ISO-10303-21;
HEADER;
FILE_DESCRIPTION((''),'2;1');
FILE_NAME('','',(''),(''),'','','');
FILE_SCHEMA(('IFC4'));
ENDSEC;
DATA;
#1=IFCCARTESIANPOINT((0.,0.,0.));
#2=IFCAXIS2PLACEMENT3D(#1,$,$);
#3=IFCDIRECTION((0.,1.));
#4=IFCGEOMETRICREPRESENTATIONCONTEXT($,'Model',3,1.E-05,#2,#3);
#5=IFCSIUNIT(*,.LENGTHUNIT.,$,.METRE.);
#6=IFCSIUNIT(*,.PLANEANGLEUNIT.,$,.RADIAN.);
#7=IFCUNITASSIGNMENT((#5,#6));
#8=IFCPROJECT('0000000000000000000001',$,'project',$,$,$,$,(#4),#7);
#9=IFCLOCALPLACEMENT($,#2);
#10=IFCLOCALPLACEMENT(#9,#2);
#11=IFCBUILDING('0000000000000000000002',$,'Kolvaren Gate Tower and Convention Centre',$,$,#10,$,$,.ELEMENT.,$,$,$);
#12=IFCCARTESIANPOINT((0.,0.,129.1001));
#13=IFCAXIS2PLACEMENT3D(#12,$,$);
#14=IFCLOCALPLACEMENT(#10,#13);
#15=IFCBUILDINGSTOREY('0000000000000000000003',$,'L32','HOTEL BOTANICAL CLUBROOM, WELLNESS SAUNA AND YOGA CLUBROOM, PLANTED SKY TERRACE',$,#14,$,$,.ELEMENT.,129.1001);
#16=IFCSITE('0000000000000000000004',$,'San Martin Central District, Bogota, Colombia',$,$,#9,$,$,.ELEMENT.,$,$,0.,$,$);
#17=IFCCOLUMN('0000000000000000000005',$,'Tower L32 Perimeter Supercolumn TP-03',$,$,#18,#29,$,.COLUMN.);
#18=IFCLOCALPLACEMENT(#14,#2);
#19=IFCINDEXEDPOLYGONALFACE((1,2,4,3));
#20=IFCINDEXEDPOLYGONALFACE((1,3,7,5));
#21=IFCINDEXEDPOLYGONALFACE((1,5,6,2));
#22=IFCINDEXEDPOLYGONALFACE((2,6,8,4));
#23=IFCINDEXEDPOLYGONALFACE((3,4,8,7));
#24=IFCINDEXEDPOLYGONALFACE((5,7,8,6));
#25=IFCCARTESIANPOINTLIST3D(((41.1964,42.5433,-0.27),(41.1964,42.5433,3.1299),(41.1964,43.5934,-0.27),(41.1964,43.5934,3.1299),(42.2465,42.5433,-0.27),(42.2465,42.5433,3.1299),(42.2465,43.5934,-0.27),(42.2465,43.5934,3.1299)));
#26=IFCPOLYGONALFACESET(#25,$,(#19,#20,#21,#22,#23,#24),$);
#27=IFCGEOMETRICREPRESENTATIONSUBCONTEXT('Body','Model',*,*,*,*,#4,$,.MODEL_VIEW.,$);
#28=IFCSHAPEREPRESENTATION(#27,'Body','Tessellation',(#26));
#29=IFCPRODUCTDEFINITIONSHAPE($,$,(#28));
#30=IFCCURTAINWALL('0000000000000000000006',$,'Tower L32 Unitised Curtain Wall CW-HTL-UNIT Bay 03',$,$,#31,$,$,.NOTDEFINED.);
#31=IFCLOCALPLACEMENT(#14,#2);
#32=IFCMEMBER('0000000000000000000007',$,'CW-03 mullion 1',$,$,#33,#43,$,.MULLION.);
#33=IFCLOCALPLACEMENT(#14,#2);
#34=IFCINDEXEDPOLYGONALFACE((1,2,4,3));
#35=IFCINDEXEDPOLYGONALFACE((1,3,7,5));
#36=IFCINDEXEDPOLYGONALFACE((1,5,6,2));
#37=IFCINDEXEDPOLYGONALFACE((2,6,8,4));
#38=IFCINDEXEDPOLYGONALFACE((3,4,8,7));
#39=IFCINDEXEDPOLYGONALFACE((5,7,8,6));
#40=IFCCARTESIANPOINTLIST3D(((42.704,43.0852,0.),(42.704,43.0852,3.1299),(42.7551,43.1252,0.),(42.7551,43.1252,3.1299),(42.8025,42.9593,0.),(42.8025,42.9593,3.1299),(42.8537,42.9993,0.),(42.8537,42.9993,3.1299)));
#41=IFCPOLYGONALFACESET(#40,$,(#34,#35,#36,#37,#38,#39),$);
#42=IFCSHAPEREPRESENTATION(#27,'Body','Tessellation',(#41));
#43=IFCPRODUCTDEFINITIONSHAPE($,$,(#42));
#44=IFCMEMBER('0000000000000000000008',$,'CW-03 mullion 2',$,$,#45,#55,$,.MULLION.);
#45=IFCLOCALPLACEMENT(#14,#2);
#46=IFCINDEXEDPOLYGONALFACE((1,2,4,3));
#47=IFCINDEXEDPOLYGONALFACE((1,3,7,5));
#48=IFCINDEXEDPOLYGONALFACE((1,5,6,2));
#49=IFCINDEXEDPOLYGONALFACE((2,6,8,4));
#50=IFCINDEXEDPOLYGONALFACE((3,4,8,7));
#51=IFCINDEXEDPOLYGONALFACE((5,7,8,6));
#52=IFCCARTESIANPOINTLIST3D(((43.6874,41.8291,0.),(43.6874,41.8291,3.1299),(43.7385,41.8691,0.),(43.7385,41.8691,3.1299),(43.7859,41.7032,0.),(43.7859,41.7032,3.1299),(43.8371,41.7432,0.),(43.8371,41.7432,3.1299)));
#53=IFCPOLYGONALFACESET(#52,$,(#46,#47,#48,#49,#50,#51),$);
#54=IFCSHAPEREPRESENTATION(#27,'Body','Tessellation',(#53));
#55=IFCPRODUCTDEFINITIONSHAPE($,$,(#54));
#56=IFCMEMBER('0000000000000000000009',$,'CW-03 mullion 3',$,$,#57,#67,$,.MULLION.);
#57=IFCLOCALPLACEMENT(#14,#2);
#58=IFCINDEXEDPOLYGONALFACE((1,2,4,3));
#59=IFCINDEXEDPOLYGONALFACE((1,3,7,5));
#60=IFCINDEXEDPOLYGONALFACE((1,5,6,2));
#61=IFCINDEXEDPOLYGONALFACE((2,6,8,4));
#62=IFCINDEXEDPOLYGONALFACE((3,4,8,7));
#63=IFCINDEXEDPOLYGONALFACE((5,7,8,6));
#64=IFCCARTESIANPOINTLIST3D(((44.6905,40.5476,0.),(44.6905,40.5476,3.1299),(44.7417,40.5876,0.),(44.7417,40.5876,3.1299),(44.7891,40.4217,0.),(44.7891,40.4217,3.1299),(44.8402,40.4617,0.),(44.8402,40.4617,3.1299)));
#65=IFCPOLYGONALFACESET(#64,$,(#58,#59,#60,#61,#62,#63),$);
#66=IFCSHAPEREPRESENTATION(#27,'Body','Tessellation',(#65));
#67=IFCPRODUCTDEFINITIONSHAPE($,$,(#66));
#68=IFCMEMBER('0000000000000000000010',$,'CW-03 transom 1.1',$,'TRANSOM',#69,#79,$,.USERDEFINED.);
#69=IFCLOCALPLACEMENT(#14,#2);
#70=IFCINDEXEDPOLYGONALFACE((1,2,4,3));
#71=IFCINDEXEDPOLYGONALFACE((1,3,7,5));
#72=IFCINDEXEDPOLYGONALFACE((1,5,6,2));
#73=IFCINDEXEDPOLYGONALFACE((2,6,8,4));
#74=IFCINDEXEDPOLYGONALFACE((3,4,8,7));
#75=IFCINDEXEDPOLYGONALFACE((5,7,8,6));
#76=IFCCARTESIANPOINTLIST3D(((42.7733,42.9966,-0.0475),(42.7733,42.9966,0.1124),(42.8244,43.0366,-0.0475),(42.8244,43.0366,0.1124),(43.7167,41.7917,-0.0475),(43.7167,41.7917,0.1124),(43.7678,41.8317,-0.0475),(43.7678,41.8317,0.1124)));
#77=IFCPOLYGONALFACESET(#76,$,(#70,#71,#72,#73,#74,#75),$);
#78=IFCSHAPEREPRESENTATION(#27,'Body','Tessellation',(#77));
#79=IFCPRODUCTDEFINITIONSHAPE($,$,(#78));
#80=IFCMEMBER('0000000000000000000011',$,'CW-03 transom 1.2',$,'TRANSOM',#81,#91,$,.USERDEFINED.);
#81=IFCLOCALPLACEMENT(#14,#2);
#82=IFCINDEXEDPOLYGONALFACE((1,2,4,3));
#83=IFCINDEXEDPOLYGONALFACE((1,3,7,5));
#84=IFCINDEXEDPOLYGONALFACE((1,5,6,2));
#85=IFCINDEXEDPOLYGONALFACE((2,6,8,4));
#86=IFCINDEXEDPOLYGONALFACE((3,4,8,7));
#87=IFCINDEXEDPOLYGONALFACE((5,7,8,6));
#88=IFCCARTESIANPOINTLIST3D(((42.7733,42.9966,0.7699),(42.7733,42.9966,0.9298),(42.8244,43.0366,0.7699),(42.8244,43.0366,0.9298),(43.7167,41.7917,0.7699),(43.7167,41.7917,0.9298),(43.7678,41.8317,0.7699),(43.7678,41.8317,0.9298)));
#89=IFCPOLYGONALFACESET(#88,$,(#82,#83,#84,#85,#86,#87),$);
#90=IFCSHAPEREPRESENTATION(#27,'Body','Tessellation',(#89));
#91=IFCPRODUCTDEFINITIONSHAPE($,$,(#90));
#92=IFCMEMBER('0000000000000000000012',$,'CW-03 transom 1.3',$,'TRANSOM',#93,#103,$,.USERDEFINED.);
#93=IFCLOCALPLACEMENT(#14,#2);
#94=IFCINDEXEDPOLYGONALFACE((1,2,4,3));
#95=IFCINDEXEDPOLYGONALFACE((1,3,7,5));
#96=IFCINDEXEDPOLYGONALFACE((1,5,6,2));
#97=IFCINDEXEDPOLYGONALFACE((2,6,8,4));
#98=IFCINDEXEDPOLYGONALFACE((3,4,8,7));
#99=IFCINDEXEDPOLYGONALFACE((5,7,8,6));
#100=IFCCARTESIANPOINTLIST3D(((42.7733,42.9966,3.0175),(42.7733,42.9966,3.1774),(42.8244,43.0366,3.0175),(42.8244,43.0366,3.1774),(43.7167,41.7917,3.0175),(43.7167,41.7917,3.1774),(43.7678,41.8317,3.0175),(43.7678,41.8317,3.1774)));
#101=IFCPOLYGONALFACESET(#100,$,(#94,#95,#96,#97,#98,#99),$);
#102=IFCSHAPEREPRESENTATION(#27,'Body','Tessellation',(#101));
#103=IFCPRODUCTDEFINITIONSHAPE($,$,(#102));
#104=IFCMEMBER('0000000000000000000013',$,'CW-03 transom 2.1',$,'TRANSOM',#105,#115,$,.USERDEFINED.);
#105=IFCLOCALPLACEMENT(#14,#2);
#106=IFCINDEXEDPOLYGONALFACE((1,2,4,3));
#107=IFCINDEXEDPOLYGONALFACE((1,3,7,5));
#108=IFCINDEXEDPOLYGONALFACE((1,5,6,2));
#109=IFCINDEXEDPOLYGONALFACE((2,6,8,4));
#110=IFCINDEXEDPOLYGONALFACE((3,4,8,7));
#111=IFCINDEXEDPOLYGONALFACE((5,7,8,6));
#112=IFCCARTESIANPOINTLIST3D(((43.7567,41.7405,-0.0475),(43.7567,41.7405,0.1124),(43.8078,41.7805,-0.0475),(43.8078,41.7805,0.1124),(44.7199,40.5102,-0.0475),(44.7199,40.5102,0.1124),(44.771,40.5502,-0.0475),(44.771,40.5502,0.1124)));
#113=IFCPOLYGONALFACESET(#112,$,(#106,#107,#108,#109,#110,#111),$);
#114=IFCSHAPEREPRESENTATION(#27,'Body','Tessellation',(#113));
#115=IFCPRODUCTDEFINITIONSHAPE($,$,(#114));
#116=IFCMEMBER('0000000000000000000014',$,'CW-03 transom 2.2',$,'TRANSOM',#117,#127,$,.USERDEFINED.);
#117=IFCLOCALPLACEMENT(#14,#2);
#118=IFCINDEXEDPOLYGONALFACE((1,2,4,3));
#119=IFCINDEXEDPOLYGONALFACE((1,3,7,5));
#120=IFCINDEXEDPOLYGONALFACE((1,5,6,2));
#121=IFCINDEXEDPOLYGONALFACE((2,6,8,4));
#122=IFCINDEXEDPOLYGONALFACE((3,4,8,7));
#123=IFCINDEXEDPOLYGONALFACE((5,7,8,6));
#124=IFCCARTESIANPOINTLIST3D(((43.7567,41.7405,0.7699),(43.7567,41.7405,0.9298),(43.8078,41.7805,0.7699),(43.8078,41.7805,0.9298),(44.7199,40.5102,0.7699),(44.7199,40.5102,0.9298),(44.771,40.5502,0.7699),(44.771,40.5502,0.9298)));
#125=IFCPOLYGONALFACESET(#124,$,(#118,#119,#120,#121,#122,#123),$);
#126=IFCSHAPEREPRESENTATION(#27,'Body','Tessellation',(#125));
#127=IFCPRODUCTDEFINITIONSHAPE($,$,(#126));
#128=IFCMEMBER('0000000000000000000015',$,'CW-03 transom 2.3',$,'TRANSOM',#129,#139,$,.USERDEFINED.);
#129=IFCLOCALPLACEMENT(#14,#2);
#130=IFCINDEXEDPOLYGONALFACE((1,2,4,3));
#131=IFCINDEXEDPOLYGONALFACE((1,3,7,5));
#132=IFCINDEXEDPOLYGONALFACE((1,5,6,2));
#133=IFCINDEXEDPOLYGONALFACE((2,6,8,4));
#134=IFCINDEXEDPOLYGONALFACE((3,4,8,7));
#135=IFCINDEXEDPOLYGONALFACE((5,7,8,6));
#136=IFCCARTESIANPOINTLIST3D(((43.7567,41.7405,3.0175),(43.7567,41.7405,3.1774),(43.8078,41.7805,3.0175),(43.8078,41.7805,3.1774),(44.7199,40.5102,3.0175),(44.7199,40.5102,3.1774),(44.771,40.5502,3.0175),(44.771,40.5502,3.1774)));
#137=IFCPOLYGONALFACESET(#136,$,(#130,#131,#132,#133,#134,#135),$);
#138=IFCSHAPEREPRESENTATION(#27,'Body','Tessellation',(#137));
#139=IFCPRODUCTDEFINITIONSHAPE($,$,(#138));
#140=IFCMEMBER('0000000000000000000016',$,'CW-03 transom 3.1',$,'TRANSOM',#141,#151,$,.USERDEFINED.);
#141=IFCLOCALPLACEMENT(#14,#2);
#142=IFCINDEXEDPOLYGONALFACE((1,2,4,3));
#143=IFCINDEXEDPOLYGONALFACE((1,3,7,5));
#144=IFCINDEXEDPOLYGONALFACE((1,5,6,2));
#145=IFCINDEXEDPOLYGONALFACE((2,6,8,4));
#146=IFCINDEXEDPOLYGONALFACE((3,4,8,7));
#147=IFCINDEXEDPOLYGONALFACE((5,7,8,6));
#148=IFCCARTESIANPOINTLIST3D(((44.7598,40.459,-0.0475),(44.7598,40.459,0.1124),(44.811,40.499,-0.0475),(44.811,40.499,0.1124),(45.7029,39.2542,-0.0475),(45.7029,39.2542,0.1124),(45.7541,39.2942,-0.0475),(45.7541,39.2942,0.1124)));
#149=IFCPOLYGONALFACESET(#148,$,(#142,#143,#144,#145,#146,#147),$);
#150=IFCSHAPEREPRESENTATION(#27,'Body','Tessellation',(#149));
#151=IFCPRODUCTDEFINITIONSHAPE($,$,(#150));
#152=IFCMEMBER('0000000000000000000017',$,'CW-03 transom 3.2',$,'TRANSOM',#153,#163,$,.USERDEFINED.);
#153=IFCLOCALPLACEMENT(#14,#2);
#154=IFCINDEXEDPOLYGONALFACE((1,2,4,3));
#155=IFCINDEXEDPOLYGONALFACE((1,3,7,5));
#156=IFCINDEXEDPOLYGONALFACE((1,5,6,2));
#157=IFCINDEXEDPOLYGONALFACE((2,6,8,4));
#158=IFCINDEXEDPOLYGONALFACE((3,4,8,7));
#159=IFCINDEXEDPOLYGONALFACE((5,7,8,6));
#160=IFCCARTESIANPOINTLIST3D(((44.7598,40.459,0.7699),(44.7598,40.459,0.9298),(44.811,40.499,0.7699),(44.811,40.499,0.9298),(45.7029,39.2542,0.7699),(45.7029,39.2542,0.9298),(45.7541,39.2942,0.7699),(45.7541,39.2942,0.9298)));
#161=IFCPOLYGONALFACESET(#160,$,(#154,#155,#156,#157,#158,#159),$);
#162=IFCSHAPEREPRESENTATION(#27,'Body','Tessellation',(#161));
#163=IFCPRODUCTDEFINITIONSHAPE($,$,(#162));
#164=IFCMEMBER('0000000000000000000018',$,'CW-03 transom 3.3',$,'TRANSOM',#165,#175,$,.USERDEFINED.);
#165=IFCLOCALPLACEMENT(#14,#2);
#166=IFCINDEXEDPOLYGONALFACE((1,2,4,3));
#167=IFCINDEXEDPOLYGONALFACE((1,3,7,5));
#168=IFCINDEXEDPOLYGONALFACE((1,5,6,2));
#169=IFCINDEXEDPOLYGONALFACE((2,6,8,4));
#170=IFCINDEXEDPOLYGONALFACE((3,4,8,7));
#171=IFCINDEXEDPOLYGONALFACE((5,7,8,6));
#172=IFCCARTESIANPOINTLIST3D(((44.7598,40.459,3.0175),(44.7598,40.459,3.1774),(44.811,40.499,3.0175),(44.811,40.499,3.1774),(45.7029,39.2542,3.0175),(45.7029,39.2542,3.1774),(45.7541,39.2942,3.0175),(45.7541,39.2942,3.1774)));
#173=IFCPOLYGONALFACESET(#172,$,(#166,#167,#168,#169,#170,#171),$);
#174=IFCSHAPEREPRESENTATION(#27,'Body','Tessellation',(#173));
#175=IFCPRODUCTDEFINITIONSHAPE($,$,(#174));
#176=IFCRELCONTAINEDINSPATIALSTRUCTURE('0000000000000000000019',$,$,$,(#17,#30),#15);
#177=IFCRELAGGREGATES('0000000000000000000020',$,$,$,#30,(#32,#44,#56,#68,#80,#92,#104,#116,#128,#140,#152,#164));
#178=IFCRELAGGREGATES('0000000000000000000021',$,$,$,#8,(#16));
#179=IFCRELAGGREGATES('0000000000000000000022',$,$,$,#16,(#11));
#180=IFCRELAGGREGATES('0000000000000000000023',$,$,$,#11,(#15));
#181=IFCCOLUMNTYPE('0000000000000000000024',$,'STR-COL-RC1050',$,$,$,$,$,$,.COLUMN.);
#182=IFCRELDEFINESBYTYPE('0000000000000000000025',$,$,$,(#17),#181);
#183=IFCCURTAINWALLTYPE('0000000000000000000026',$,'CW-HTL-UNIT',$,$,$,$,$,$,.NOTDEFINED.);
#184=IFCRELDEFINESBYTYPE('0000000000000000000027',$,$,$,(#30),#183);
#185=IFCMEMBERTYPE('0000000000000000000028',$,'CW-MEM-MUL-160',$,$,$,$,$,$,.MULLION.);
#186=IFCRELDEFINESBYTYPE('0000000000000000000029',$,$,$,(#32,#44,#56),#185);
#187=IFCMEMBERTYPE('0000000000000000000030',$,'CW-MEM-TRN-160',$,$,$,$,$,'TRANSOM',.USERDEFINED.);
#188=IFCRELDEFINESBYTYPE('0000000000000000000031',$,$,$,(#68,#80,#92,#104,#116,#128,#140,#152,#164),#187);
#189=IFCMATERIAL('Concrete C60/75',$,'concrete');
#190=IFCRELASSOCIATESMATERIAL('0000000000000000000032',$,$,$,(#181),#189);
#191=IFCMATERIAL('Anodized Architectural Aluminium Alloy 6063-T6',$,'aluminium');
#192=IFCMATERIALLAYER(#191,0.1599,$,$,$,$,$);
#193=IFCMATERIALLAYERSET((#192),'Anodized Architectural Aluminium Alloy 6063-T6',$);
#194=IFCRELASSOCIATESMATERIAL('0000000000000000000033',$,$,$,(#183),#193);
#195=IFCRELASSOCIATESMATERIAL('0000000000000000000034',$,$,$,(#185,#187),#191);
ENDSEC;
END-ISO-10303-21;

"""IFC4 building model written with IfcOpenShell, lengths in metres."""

from ifc_helpers import new_model, si_unit, direction, frame, origin, origin_2d, place, context, subcontext, project, spatial, rectangle, extrude, material, layer, layer_set, material_profile, profile_set, type_object, element, aggregate, save


model = new_model("IFC4")

# Units and contexts
model_context = context("Model", 3, precision=1e-05, world=origin(), true_north=direction((0.0, 1.0)))
body_context = subcontext(model_context, "Body", "Model", "MODEL_VIEW")
ifc_project = project(units=[si_unit("LENGTHUNIT", "METRE"), si_unit("PLANEANGLEUNIT", "RADIAN")], contexts=[model_context])

# Site, building, storey
site_placement = place(None, origin())
site = spatial("IfcSite", under=ifc_project, at=site_placement, Name="San Martin Central District, Bogota, Colombia", CompositionType="ELEMENT", RefElevation=0.0)
building_placement = place(site_placement, origin())
building = spatial("IfcBuilding", under=site, at=building_placement, Name="Kolvaren Gate Tower and Convention Centre", CompositionType="ELEMENT")
storey_placement = place(building_placement, frame((0.0, 0.0, 129.1001)))
storey = spatial("IfcBuildingStorey", under=building, at=storey_placement, Name="L32", Description="HOTEL BOTANICAL CLUBROOM, WELLNESS SAUNA AND YOGA CLUBROOM, PLANTED SKY TERRACE", CompositionType="ELEMENT", Elevation=129.1001)

# Column
ifc_material_1 = material(Name="Concrete C60/75", Category="concrete")
ifc_material_profile_1 = material_profile(ifc_material_1, rectangle(XDim=1.05, YDim=1.05, at=origin_2d()), Name="RC-COL-1050X1050")
ifc_profile_set_1 = profile_set([ifc_material_profile_1], Name="Concrete C60/75")
column_type = type_object("IfcColumnType", Name="STR-COL-RC1050", PredefinedType="COLUMN", material=ifc_profile_set_1)
column_placement = place(storey_placement, frame((41.7214, 43.0684, -0.27), z_axis=(0.0, 0.0, 1.0), x_axis=(1.0, 0.0, 0.0)))
element("IfcColumn", 1, at=column_placement, inside=storey, type_object=column_type, Name="Tower L32 Perimeter Supercolumn TP-03", PredefinedType="COLUMN", context=body_context, shape_type="SweptSolid", body=[
    extrude(rectangle(XDim=1.05, YDim=1.05, at=origin_2d()), origin(), (0.0, 0.0, 1.0), 3.3999),
])

# Curtain wall, members
ifc_material_2 = material(Name="Anodized Architectural Aluminium Alloy 6063-T6", Category="aluminium")
ifc_layer_1 = layer(ifc_material_2, 0.1599)
ifc_layer_set_1 = layer_set([ifc_layer_1], Name="Anodized Architectural Aluminium Alloy 6063-T6")
curtain_wall_type = type_object("IfcCurtainWallType", Name="CW-HTL-UNIT", PredefinedType="NOTDEFINED", material=ifc_layer_set_1)
curtain_wall_placement = place(storey_placement, origin())
curtain_wall = element("IfcCurtainWall", 2, at=curtain_wall_placement, inside=storey, type_object=curtain_wall_type, Name="Tower L32 Unitised Curtain Wall CW-HTL-UNIT Bay 03", PredefinedType="NOTDEFINED")
ifc_material_profile_2 = material_profile(ifc_material_2, rectangle(XDim=0.0649, YDim=0.1599, at=origin_2d()), Name="CW-MEM-MUL-160")
ifc_profile_set_2 = profile_set([ifc_material_profile_2], Name="Anodized Architectural Aluminium Alloy 6063-T6")
member_type_1 = type_object("IfcMemberType", Name="CW-MEM-MUL-160", PredefinedType="MULLION", material=ifc_profile_set_2)
member_1_placement = place(storey_placement, frame((42.7788, 43.0422, 0.0), z_axis=(0.0, 0.0, 1.0), x_axis=(0.787413, 0.616426, 0.0)))
member_1 = element("IfcMember", 3, at=member_1_placement, type_object=member_type_1, Name="CW-03 mullion 1", PredefinedType="MULLION", context=body_context, shape_type="SweptSolid", body=[
    extrude(rectangle(XDim=0.0649, YDim=0.1599, at=origin_2d()), origin(), (0.0, 0.0, 1.0), 3.1299),
])
member_2_placement = place(storey_placement, frame((43.7622, 41.7861, 0.0), z_axis=(0.0, 0.0, 1.0), x_axis=(0.787413, 0.616426, 0.0)))
member_2 = element("IfcMember", 4, at=member_2_placement, type_object=member_type_1, Name="CW-03 mullion 2", PredefinedType="MULLION", context=body_context, shape_type="SweptSolid", body=[
    extrude(rectangle(XDim=0.0649, YDim=0.1599, at=origin_2d()), origin(), (0.0, 0.0, 1.0), 3.1299),
])
member_3_placement = place(storey_placement, frame((44.7654, 40.5046, 0.0), z_axis=(0.0, 0.0, 1.0), x_axis=(0.787413, 0.616426, 0.0)))
member_3 = element("IfcMember", 5, at=member_3_placement, type_object=member_type_1, Name="CW-03 mullion 3", PredefinedType="MULLION", context=body_context, shape_type="SweptSolid", body=[
    extrude(rectangle(XDim=0.0649, YDim=0.1599, at=origin_2d()), origin(), (0.0, 0.0, 1.0), 3.1299),
])
ifc_material_profile_3 = material_profile(ifc_material_2, rectangle(XDim=0.0649, YDim=0.1599, at=origin_2d()), Name="CW-MEM-TRN-160")
ifc_profile_set_3 = profile_set([ifc_material_profile_3], Name="Anodized Architectural Aluminium Alloy 6063-T6")
member_type_2 = type_object("IfcMemberType", Name="CW-MEM-TRN-160", ElementType="TRANSOM", PredefinedType="USERDEFINED", material=ifc_profile_set_3)
member_4_placement = place(storey_placement, frame((42.7988, 43.0166, 0.0325), z_axis=(0.616489, -0.787364, 0.0), x_axis=(0.787364, 0.616489, 0.0)))
member_4 = element("IfcMember", 6, at=member_4_placement, type_object=member_type_2, Name="CW-03 transom 1.1", ObjectType="TRANSOM", PredefinedType="USERDEFINED", context=body_context, shape_type="SweptSolid", body=[
    extrude(rectangle(XDim=0.0649, YDim=0.1599, at=origin_2d()), origin(), (0.0, 0.0, 1.0), 1.5303),
])
member_5_placement = place(storey_placement, frame((42.7988, 43.0166, 0.8499), z_axis=(0.616489, -0.787364, 0.0), x_axis=(0.787364, 0.616489, 0.0)))
member_5 = element("IfcMember", 7, at=member_5_placement, type_object=member_type_2, Name="CW-03 transom 1.2", ObjectType="TRANSOM", PredefinedType="USERDEFINED", context=body_context, shape_type="SweptSolid", body=[
    extrude(rectangle(XDim=0.0649, YDim=0.1599, at=origin_2d()), origin(), (0.0, 0.0, 1.0), 1.5303),
])
member_6_placement = place(storey_placement, frame((42.7988, 43.0166, 3.0974), z_axis=(0.616489, -0.787364, 0.0), x_axis=(0.787364, 0.616489, 0.0)))
member_6 = element("IfcMember", 8, at=member_6_placement, type_object=member_type_2, Name="CW-03 transom 1.3", ObjectType="TRANSOM", PredefinedType="USERDEFINED", context=body_context, shape_type="SweptSolid", body=[
    extrude(rectangle(XDim=0.0649, YDim=0.1599, at=origin_2d()), origin(), (0.0, 0.0, 1.0), 1.5303),
])
member_7_placement = place(storey_placement, frame((43.7822, 41.7605, 0.0325), z_axis=(0.616447, -0.787396, 0.0), x_axis=(0.787396, 0.616447, 0.0)))
member_7 = element("IfcMember", 9, at=member_7_placement, type_object=member_type_2, Name="CW-03 transom 2.1", ObjectType="TRANSOM", PredefinedType="USERDEFINED", context=body_context, shape_type="SweptSolid", body=[
    extrude(rectangle(XDim=0.0649, YDim=0.1599, at=origin_2d()), origin(), (0.0, 0.0, 1.0), 1.5625),
])
member_8_placement = place(storey_placement, frame((43.7822, 41.7605, 0.8499), z_axis=(0.616447, -0.787396, 0.0), x_axis=(0.787396, 0.616447, 0.0)))
member_8 = element("IfcMember", 10, at=member_8_placement, type_object=member_type_2, Name="CW-03 transom 2.2", ObjectType="TRANSOM", PredefinedType="USERDEFINED", context=body_context, shape_type="SweptSolid", body=[
    extrude(rectangle(XDim=0.0649, YDim=0.1599, at=origin_2d()), origin(), (0.0, 0.0, 1.0), 1.5625),
])
member_9_placement = place(storey_placement, frame((43.7822, 41.7605, 3.0974), z_axis=(0.616447, -0.787396, 0.0), x_axis=(0.787396, 0.616447, 0.0)))
member_9 = element("IfcMember", 11, at=member_9_placement, type_object=member_type_2, Name="CW-03 transom 2.3", ObjectType="TRANSOM", PredefinedType="USERDEFINED", context=body_context, shape_type="SweptSolid", body=[
    extrude(rectangle(XDim=0.0649, YDim=0.1599, at=origin_2d()), origin(), (0.0, 0.0, 1.0), 1.5625),
])
member_10_placement = place(storey_placement, frame((44.7854, 40.479, 0.0325), z_axis=(0.61639, -0.787441, 0.0), x_axis=(0.787441, 0.61639, 0.0)))
member_10 = element("IfcMember", 12, at=member_10_placement, type_object=member_type_2, Name="CW-03 transom 3.1", ObjectType="TRANSOM", PredefinedType="USERDEFINED", context=body_context, shape_type="SweptSolid", body=[
    extrude(rectangle(XDim=0.0649, YDim=0.1599, at=origin_2d()), origin(), (0.0, 0.0, 1.0), 1.53),
])
member_11_placement = place(storey_placement, frame((44.7854, 40.479, 0.8499), z_axis=(0.61639, -0.787441, 0.0), x_axis=(0.787441, 0.61639, 0.0)))
member_11 = element("IfcMember", 13, at=member_11_placement, type_object=member_type_2, Name="CW-03 transom 3.2", ObjectType="TRANSOM", PredefinedType="USERDEFINED", context=body_context, shape_type="SweptSolid", body=[
    extrude(rectangle(XDim=0.0649, YDim=0.1599, at=origin_2d()), origin(), (0.0, 0.0, 1.0), 1.53),
])
member_12_placement = place(storey_placement, frame((44.7854, 40.479, 3.0974), z_axis=(0.61639, -0.787441, 0.0), x_axis=(0.787441, 0.61639, 0.0)))
member_12 = element("IfcMember", 14, at=member_12_placement, type_object=member_type_2, Name="CW-03 transom 3.3", ObjectType="TRANSOM", PredefinedType="USERDEFINED", context=body_context, shape_type="SweptSolid", body=[
    extrude(rectangle(XDim=0.0649, YDim=0.1599, at=origin_2d()), origin(), (0.0, 0.0, 1.0), 1.53),
])

aggregate(curtain_wall, [member_1, member_2, member_3, member_4, member_5, member_6, member_7, member_8, member_9, member_10, member_11, member_12])

save(model, "model.ifc")
